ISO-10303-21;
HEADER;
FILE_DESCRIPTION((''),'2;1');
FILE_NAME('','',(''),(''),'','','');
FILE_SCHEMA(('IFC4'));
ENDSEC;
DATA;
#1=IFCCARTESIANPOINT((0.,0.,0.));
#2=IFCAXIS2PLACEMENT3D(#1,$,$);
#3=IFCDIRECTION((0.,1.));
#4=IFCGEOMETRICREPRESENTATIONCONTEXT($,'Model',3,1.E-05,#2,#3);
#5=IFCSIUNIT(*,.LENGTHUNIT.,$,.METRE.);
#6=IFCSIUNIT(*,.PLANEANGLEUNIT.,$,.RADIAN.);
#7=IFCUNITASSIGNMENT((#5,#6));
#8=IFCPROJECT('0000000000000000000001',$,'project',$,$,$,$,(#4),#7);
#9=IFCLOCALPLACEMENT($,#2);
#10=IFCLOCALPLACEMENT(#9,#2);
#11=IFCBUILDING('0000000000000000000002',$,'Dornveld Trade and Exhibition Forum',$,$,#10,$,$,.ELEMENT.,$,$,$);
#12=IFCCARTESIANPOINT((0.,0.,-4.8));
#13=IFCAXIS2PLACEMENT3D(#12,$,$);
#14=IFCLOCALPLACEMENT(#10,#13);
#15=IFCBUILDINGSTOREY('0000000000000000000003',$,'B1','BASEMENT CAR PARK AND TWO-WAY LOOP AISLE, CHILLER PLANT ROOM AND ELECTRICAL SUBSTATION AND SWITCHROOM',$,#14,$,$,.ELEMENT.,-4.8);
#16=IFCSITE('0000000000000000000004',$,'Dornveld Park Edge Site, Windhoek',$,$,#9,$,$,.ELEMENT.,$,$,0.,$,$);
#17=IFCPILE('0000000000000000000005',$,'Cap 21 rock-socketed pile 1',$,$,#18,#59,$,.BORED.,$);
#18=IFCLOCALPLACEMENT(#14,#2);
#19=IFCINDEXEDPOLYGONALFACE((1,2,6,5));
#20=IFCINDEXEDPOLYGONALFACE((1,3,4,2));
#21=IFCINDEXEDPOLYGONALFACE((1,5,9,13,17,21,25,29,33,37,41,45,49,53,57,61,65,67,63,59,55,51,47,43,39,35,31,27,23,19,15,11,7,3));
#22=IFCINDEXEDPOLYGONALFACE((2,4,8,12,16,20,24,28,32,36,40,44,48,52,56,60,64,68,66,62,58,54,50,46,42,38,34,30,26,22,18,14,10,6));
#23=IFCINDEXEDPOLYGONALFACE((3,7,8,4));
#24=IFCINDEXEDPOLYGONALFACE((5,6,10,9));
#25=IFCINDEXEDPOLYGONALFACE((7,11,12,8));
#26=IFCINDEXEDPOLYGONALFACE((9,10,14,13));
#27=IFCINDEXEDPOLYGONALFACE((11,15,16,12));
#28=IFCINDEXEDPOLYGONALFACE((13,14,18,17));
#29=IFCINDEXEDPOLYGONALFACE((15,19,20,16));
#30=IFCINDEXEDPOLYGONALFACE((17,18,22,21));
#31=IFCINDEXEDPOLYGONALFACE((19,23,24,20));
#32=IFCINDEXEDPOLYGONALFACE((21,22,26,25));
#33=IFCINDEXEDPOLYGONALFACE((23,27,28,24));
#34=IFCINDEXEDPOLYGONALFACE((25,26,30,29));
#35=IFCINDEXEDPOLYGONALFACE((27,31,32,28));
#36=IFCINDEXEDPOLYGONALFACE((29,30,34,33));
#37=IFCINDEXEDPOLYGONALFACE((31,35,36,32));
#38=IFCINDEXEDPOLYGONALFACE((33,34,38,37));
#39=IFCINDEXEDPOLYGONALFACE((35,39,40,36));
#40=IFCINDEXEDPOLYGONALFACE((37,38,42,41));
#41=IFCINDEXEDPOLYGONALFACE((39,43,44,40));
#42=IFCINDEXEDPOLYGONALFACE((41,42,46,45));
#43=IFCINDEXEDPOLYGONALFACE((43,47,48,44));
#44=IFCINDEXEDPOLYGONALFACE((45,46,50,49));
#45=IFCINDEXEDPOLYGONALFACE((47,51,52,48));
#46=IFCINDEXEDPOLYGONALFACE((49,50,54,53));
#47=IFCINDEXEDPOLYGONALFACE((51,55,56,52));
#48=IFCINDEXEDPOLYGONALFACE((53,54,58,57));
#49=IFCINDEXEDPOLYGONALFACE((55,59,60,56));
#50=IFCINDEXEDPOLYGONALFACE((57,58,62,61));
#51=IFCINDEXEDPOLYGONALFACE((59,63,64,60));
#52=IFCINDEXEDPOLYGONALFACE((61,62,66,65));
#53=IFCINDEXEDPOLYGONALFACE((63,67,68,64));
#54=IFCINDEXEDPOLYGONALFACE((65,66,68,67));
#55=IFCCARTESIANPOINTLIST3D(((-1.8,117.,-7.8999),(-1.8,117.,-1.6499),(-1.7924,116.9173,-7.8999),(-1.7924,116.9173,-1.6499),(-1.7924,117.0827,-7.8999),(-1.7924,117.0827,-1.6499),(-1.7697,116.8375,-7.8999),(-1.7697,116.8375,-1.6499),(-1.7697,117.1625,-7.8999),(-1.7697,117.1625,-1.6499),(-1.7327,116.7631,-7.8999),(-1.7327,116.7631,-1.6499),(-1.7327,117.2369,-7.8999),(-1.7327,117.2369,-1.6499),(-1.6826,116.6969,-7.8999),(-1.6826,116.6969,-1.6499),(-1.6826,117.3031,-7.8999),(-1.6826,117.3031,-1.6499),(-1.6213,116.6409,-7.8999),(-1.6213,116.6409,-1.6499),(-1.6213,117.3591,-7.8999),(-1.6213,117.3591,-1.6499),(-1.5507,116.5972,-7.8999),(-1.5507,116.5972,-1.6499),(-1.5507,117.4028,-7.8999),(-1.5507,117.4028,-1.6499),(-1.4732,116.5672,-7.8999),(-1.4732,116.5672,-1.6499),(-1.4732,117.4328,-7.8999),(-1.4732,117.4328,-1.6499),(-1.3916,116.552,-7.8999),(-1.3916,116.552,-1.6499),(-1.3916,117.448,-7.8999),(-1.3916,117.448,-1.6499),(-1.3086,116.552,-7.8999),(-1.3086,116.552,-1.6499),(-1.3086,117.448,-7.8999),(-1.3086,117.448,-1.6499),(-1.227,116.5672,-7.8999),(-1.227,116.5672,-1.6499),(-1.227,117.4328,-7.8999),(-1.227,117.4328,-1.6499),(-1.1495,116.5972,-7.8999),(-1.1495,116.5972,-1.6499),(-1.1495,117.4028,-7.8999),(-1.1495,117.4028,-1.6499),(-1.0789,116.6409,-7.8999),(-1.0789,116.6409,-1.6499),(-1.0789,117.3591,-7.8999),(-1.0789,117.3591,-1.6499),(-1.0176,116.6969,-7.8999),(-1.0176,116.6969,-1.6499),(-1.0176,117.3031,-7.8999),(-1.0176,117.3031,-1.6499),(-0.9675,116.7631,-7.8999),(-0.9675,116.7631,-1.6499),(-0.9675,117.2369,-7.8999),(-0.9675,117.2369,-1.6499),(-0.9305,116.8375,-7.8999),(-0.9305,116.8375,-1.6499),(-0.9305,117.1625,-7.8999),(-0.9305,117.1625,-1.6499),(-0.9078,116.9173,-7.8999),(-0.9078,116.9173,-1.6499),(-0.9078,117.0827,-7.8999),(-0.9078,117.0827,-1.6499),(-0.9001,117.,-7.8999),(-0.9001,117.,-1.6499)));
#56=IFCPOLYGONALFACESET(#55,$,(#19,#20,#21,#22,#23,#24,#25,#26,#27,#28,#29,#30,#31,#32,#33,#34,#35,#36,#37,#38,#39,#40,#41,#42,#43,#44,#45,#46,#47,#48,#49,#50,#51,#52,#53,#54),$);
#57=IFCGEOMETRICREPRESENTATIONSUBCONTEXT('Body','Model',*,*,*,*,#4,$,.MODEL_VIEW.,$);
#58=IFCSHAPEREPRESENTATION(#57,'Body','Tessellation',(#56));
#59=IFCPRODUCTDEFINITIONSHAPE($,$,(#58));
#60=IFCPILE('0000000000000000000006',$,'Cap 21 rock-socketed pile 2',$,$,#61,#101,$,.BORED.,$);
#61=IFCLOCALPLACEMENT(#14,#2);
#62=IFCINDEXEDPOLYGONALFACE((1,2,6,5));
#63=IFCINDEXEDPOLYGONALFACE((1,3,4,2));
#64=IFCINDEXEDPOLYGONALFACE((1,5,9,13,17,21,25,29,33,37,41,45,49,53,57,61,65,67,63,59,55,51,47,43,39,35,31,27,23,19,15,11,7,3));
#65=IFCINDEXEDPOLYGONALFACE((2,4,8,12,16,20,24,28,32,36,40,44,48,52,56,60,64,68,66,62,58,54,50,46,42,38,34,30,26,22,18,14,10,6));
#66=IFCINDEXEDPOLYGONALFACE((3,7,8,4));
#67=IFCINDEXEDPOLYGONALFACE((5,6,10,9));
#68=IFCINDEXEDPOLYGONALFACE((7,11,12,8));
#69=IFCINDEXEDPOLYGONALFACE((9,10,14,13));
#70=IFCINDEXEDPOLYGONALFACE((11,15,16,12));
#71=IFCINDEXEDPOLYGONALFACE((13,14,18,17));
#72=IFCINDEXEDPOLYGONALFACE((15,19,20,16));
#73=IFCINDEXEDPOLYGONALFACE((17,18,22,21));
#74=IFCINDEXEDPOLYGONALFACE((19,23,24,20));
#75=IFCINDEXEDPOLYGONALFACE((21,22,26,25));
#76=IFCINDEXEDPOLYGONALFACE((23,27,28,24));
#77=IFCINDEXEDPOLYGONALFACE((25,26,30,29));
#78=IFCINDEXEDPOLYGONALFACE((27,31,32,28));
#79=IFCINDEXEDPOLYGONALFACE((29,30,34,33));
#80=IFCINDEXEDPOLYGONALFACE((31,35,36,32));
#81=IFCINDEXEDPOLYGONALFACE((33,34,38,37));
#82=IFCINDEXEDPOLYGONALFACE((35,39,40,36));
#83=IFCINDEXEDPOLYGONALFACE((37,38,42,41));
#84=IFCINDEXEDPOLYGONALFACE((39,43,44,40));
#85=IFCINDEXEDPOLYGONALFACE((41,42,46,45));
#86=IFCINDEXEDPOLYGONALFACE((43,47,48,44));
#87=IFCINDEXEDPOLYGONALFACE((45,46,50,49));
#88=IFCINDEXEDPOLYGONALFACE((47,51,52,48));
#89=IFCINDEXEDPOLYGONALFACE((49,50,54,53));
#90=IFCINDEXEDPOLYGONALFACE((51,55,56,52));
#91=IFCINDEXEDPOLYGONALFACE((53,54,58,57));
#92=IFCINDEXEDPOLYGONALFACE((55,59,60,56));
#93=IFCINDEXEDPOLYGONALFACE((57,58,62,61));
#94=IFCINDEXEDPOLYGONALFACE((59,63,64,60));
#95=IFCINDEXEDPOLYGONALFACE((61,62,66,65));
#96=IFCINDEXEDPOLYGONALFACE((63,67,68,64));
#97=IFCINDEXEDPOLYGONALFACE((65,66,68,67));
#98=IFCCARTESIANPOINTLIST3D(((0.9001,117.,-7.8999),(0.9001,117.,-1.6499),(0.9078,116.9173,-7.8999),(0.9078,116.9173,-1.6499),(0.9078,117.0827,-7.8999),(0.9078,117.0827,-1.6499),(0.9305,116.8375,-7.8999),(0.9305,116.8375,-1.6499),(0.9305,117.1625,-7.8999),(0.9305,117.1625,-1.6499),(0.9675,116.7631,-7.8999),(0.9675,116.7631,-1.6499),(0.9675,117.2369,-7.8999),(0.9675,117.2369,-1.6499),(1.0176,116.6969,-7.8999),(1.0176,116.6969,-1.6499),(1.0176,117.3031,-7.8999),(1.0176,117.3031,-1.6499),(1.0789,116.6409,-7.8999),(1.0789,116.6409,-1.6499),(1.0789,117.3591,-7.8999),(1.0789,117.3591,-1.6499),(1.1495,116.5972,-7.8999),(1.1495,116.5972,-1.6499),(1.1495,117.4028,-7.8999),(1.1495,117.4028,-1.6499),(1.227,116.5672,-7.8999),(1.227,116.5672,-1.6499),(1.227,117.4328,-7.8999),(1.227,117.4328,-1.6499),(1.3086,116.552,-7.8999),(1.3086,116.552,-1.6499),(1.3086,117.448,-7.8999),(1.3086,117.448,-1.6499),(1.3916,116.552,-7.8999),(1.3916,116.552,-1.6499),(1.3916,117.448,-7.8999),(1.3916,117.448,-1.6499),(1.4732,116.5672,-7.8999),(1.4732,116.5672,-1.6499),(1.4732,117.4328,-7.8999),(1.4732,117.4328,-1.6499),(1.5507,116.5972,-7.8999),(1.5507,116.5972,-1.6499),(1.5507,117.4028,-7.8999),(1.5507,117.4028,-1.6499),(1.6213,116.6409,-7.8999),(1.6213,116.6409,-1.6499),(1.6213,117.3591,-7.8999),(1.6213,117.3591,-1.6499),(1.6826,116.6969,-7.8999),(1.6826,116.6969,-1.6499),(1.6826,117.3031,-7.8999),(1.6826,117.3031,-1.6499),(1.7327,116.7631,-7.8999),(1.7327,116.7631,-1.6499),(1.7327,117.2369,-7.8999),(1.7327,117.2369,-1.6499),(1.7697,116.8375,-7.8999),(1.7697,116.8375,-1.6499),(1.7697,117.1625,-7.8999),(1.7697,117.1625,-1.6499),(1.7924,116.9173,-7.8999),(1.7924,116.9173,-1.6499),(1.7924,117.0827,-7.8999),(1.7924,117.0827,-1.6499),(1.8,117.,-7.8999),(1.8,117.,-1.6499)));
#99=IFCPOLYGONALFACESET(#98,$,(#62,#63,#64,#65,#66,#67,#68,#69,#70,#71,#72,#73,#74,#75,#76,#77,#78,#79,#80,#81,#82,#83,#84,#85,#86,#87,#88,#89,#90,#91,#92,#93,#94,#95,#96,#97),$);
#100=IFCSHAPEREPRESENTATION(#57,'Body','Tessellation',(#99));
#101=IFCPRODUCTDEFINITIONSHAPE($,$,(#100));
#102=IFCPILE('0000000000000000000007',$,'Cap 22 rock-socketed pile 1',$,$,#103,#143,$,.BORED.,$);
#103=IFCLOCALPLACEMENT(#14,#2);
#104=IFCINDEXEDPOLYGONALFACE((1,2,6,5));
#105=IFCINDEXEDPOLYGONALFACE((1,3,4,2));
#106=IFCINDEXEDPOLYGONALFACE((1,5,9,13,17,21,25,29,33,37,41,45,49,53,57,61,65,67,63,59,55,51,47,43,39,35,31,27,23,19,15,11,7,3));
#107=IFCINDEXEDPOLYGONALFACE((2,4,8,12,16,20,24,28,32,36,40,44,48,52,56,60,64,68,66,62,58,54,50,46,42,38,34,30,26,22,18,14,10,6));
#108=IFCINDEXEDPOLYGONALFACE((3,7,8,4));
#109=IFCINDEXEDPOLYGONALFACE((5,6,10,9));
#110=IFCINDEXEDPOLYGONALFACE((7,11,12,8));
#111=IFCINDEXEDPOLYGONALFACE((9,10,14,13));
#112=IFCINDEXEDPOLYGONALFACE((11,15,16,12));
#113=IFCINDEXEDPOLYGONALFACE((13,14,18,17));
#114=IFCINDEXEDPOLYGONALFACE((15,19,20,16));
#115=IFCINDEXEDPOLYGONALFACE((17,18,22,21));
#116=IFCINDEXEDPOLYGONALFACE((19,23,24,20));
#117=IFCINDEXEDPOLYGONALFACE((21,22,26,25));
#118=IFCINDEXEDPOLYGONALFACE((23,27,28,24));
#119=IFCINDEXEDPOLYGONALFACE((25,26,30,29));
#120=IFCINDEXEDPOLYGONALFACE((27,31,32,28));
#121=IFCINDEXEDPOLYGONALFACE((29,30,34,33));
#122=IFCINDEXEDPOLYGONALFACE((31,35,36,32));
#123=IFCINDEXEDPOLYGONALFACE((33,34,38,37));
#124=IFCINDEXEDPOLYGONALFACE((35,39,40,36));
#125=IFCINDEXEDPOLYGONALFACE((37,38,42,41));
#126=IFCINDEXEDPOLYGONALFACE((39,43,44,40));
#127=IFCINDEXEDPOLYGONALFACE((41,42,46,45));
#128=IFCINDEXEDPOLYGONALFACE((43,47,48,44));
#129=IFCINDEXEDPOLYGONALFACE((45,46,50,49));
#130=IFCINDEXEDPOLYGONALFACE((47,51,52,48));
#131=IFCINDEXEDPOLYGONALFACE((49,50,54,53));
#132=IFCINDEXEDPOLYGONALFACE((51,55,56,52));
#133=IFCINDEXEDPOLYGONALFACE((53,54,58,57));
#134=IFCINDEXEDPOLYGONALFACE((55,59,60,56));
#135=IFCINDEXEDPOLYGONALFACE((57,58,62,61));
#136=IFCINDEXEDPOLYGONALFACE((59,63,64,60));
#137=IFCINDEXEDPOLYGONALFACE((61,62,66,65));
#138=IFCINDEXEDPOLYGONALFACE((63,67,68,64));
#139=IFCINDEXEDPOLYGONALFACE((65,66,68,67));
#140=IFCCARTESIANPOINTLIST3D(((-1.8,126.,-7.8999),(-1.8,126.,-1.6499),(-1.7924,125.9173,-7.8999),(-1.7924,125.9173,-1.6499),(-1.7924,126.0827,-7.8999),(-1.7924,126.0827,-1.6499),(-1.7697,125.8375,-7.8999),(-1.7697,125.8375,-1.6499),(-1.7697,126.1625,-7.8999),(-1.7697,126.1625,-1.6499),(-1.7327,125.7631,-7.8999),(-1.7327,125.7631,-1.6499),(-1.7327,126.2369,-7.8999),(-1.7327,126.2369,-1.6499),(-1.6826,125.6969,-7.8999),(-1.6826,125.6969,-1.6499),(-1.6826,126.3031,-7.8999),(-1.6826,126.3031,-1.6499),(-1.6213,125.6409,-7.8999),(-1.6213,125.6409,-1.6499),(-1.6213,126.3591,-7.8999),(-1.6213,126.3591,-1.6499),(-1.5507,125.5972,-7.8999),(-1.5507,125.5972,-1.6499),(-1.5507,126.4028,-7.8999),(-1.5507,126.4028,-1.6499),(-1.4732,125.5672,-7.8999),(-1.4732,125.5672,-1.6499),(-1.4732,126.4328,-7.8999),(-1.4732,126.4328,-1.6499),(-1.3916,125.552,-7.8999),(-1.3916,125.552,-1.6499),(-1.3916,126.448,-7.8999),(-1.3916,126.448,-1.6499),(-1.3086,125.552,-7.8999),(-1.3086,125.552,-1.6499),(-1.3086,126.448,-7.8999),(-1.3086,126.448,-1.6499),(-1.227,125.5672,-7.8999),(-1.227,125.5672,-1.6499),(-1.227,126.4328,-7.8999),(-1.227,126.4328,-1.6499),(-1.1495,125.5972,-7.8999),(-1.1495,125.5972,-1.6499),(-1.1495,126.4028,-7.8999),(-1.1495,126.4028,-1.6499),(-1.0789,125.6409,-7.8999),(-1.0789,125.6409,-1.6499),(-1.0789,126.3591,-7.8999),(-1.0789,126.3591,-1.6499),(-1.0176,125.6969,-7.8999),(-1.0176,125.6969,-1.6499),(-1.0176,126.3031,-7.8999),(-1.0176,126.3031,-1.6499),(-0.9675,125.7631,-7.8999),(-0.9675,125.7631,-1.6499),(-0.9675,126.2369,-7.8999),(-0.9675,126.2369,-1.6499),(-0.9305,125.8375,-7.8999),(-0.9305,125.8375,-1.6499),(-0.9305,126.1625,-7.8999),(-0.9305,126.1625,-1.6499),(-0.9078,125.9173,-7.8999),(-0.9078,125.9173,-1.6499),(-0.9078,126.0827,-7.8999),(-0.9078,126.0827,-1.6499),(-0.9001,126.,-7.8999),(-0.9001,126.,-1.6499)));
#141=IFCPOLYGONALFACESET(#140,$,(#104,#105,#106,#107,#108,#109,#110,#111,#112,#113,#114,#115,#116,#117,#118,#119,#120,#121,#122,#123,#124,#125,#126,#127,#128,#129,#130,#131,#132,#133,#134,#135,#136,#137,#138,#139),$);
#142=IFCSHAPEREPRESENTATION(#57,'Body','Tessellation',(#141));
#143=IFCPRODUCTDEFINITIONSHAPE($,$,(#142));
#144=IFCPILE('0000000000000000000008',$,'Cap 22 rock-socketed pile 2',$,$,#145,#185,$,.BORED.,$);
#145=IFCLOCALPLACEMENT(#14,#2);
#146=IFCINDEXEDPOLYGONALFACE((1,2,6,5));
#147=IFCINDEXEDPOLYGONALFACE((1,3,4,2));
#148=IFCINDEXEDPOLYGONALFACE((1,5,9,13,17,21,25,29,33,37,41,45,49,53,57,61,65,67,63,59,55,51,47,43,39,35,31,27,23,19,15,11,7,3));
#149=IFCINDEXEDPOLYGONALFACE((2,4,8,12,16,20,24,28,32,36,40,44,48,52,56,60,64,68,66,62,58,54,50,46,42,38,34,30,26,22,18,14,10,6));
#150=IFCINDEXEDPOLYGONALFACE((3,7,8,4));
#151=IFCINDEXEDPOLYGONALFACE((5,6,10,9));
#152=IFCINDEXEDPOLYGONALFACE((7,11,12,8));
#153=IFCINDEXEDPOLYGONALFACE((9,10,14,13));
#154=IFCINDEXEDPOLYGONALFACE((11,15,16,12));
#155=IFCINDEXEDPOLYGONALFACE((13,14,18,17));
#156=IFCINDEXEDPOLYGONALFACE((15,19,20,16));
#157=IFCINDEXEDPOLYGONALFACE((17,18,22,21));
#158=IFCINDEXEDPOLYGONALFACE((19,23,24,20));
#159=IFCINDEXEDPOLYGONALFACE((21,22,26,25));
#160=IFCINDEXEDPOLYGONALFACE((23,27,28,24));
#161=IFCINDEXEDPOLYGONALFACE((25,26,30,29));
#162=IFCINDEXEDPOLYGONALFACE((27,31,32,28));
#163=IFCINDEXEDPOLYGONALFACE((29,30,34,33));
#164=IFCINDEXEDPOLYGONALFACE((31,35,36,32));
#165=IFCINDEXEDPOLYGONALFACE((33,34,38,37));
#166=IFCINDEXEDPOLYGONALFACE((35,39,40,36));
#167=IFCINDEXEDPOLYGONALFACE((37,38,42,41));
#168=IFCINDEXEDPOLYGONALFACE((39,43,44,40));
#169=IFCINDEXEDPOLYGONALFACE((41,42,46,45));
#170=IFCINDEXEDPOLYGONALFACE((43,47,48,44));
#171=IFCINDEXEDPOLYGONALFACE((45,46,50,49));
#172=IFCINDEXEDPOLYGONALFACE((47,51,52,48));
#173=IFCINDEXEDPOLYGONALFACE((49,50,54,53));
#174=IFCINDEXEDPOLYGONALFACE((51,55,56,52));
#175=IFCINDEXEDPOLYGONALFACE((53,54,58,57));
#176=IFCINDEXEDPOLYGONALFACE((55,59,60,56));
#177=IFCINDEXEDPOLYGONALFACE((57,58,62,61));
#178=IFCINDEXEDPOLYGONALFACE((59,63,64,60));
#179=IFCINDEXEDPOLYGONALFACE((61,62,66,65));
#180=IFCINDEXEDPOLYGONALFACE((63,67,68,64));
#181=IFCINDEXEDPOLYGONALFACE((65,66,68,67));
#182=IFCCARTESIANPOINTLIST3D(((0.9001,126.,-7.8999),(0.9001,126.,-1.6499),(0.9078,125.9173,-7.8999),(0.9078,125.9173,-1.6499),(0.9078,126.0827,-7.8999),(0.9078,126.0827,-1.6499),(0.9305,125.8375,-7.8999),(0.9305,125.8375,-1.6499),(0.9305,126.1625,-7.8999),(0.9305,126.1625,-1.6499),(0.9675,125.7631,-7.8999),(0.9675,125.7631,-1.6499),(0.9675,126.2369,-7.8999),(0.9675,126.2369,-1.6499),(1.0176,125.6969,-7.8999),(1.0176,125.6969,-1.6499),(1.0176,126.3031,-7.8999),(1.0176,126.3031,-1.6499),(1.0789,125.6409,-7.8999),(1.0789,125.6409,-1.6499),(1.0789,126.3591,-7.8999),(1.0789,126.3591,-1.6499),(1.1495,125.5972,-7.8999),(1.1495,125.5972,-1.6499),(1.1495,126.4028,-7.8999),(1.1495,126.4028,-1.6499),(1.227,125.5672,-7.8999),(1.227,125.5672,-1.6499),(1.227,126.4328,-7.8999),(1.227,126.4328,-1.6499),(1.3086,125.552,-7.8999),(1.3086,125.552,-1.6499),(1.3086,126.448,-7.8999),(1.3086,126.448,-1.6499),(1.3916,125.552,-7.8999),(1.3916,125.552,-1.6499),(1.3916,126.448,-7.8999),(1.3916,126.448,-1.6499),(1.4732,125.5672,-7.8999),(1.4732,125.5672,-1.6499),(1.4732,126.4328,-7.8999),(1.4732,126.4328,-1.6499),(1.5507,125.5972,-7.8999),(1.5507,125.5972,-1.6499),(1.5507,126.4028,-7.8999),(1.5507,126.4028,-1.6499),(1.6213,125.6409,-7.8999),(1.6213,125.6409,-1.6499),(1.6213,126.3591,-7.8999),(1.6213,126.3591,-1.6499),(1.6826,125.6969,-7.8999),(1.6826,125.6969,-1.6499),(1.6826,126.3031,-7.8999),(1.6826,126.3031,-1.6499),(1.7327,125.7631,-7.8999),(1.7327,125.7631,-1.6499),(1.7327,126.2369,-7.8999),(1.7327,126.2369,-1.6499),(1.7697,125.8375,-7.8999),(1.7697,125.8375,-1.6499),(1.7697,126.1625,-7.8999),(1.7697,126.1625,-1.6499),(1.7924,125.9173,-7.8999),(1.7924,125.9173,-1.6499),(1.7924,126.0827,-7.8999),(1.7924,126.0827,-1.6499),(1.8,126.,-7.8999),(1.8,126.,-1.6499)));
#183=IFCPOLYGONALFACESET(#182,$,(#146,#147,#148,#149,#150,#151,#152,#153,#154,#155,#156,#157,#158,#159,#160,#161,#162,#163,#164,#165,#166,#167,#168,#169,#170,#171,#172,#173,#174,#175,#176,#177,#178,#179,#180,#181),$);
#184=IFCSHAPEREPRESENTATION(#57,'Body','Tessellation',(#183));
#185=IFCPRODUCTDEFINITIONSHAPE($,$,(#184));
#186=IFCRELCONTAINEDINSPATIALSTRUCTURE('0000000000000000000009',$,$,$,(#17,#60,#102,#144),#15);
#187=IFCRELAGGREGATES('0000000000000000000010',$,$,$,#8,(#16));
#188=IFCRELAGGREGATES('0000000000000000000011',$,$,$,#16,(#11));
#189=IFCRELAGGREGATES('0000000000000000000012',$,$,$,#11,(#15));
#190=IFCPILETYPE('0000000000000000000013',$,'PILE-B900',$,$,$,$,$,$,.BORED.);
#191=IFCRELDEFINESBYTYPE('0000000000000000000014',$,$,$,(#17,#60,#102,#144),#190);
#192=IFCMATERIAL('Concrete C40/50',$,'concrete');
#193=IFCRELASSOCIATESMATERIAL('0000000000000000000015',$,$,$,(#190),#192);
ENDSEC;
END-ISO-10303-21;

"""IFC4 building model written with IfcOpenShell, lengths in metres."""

from ifc_helpers import new_model, si_unit, direction, frame, origin, origin_2d, place, context, subcontext, project, spatial, circle, extrude, material, material_profile, profile_set, type_object, element, save


model = new_model("IFC4")

# Units and contexts
model_context = context("Model", 3, precision=1e-05, world=origin(), true_north=direction((0.0, 1.0)))
body_context = subcontext(model_context, "Body", "Model", "MODEL_VIEW")
ifc_project = project(units=[si_unit("LENGTHUNIT", "METRE"), si_unit("PLANEANGLEUNIT", "RADIAN")], contexts=[model_context])

# Site, building, storey
site_placement = place(None, origin())
site = spatial("IfcSite", under=ifc_project, at=site_placement, Name="Dornveld Park Edge Site, Windhoek", CompositionType="ELEMENT", RefElevation=0.0)
building_placement = place(site_placement, origin())
building = spatial("IfcBuilding", under=site, at=building_placement, Name="Dornveld Trade and Exhibition Forum", CompositionType="ELEMENT")
storey_placement = place(building_placement, frame((0.0, 0.0, -4.8)))
storey = spatial("IfcBuildingStorey", under=building, at=storey_placement, Name="B1", Description="BASEMENT CAR PARK AND TWO-WAY LOOP AISLE, CHILLER PLANT ROOM AND ELECTRICAL SUBSTATION AND SWITCHROOM", CompositionType="ELEMENT", Elevation=-4.8)

# Piles
ifc_material_1 = material(Name="Concrete C40/50", Category="concrete")
ifc_material_profile_1 = material_profile(ifc_material_1, circle(Radius=0.45, at=origin_2d()), Name="PILE D900")
ifc_profile_set_1 = profile_set([ifc_material_profile_1], Name="Concrete C40/50")
pile_type = type_object("IfcPileType", Name="PILE-B900", PredefinedType="BORED", material=ifc_profile_set_1)
for number, where, z_axis, x_axis, name in (
    (1, (-1.3501, 117.0, -1.6499), (0.0, 0.0, -1.0), (1.0, 0.0, 0.0), "Cap 21 rock-socketed pile 1"),
    (2, (1.3501, 117.0, -1.6499), (0.0, 0.0, -1.0), (1.0, 0.0, 0.0), "Cap 21 rock-socketed pile 2"),
    (3, (-1.3501, 126.0, -1.6499), (0.0, 0.0, -1.0), (1.0, 0.0, 0.0), "Cap 22 rock-socketed pile 1"),
    (4, (1.3501, 126.0, -1.6499), (0.0, 0.0, -1.0), (1.0, 0.0, 0.0), "Cap 22 rock-socketed pile 2"),
):
    element("IfcPile", number, at=place(storey_placement, frame(where, z_axis=z_axis, x_axis=x_axis)), inside=storey, type_object=pile_type, Name=name, PredefinedType="BORED", context=body_context, shape_type="SweptSolid", body=[
        extrude(circle(Radius=0.45, at=origin_2d()), origin(), (0.0, 0.0, 1.0), 6.25),
    ])

save(model, "model.ifc")
